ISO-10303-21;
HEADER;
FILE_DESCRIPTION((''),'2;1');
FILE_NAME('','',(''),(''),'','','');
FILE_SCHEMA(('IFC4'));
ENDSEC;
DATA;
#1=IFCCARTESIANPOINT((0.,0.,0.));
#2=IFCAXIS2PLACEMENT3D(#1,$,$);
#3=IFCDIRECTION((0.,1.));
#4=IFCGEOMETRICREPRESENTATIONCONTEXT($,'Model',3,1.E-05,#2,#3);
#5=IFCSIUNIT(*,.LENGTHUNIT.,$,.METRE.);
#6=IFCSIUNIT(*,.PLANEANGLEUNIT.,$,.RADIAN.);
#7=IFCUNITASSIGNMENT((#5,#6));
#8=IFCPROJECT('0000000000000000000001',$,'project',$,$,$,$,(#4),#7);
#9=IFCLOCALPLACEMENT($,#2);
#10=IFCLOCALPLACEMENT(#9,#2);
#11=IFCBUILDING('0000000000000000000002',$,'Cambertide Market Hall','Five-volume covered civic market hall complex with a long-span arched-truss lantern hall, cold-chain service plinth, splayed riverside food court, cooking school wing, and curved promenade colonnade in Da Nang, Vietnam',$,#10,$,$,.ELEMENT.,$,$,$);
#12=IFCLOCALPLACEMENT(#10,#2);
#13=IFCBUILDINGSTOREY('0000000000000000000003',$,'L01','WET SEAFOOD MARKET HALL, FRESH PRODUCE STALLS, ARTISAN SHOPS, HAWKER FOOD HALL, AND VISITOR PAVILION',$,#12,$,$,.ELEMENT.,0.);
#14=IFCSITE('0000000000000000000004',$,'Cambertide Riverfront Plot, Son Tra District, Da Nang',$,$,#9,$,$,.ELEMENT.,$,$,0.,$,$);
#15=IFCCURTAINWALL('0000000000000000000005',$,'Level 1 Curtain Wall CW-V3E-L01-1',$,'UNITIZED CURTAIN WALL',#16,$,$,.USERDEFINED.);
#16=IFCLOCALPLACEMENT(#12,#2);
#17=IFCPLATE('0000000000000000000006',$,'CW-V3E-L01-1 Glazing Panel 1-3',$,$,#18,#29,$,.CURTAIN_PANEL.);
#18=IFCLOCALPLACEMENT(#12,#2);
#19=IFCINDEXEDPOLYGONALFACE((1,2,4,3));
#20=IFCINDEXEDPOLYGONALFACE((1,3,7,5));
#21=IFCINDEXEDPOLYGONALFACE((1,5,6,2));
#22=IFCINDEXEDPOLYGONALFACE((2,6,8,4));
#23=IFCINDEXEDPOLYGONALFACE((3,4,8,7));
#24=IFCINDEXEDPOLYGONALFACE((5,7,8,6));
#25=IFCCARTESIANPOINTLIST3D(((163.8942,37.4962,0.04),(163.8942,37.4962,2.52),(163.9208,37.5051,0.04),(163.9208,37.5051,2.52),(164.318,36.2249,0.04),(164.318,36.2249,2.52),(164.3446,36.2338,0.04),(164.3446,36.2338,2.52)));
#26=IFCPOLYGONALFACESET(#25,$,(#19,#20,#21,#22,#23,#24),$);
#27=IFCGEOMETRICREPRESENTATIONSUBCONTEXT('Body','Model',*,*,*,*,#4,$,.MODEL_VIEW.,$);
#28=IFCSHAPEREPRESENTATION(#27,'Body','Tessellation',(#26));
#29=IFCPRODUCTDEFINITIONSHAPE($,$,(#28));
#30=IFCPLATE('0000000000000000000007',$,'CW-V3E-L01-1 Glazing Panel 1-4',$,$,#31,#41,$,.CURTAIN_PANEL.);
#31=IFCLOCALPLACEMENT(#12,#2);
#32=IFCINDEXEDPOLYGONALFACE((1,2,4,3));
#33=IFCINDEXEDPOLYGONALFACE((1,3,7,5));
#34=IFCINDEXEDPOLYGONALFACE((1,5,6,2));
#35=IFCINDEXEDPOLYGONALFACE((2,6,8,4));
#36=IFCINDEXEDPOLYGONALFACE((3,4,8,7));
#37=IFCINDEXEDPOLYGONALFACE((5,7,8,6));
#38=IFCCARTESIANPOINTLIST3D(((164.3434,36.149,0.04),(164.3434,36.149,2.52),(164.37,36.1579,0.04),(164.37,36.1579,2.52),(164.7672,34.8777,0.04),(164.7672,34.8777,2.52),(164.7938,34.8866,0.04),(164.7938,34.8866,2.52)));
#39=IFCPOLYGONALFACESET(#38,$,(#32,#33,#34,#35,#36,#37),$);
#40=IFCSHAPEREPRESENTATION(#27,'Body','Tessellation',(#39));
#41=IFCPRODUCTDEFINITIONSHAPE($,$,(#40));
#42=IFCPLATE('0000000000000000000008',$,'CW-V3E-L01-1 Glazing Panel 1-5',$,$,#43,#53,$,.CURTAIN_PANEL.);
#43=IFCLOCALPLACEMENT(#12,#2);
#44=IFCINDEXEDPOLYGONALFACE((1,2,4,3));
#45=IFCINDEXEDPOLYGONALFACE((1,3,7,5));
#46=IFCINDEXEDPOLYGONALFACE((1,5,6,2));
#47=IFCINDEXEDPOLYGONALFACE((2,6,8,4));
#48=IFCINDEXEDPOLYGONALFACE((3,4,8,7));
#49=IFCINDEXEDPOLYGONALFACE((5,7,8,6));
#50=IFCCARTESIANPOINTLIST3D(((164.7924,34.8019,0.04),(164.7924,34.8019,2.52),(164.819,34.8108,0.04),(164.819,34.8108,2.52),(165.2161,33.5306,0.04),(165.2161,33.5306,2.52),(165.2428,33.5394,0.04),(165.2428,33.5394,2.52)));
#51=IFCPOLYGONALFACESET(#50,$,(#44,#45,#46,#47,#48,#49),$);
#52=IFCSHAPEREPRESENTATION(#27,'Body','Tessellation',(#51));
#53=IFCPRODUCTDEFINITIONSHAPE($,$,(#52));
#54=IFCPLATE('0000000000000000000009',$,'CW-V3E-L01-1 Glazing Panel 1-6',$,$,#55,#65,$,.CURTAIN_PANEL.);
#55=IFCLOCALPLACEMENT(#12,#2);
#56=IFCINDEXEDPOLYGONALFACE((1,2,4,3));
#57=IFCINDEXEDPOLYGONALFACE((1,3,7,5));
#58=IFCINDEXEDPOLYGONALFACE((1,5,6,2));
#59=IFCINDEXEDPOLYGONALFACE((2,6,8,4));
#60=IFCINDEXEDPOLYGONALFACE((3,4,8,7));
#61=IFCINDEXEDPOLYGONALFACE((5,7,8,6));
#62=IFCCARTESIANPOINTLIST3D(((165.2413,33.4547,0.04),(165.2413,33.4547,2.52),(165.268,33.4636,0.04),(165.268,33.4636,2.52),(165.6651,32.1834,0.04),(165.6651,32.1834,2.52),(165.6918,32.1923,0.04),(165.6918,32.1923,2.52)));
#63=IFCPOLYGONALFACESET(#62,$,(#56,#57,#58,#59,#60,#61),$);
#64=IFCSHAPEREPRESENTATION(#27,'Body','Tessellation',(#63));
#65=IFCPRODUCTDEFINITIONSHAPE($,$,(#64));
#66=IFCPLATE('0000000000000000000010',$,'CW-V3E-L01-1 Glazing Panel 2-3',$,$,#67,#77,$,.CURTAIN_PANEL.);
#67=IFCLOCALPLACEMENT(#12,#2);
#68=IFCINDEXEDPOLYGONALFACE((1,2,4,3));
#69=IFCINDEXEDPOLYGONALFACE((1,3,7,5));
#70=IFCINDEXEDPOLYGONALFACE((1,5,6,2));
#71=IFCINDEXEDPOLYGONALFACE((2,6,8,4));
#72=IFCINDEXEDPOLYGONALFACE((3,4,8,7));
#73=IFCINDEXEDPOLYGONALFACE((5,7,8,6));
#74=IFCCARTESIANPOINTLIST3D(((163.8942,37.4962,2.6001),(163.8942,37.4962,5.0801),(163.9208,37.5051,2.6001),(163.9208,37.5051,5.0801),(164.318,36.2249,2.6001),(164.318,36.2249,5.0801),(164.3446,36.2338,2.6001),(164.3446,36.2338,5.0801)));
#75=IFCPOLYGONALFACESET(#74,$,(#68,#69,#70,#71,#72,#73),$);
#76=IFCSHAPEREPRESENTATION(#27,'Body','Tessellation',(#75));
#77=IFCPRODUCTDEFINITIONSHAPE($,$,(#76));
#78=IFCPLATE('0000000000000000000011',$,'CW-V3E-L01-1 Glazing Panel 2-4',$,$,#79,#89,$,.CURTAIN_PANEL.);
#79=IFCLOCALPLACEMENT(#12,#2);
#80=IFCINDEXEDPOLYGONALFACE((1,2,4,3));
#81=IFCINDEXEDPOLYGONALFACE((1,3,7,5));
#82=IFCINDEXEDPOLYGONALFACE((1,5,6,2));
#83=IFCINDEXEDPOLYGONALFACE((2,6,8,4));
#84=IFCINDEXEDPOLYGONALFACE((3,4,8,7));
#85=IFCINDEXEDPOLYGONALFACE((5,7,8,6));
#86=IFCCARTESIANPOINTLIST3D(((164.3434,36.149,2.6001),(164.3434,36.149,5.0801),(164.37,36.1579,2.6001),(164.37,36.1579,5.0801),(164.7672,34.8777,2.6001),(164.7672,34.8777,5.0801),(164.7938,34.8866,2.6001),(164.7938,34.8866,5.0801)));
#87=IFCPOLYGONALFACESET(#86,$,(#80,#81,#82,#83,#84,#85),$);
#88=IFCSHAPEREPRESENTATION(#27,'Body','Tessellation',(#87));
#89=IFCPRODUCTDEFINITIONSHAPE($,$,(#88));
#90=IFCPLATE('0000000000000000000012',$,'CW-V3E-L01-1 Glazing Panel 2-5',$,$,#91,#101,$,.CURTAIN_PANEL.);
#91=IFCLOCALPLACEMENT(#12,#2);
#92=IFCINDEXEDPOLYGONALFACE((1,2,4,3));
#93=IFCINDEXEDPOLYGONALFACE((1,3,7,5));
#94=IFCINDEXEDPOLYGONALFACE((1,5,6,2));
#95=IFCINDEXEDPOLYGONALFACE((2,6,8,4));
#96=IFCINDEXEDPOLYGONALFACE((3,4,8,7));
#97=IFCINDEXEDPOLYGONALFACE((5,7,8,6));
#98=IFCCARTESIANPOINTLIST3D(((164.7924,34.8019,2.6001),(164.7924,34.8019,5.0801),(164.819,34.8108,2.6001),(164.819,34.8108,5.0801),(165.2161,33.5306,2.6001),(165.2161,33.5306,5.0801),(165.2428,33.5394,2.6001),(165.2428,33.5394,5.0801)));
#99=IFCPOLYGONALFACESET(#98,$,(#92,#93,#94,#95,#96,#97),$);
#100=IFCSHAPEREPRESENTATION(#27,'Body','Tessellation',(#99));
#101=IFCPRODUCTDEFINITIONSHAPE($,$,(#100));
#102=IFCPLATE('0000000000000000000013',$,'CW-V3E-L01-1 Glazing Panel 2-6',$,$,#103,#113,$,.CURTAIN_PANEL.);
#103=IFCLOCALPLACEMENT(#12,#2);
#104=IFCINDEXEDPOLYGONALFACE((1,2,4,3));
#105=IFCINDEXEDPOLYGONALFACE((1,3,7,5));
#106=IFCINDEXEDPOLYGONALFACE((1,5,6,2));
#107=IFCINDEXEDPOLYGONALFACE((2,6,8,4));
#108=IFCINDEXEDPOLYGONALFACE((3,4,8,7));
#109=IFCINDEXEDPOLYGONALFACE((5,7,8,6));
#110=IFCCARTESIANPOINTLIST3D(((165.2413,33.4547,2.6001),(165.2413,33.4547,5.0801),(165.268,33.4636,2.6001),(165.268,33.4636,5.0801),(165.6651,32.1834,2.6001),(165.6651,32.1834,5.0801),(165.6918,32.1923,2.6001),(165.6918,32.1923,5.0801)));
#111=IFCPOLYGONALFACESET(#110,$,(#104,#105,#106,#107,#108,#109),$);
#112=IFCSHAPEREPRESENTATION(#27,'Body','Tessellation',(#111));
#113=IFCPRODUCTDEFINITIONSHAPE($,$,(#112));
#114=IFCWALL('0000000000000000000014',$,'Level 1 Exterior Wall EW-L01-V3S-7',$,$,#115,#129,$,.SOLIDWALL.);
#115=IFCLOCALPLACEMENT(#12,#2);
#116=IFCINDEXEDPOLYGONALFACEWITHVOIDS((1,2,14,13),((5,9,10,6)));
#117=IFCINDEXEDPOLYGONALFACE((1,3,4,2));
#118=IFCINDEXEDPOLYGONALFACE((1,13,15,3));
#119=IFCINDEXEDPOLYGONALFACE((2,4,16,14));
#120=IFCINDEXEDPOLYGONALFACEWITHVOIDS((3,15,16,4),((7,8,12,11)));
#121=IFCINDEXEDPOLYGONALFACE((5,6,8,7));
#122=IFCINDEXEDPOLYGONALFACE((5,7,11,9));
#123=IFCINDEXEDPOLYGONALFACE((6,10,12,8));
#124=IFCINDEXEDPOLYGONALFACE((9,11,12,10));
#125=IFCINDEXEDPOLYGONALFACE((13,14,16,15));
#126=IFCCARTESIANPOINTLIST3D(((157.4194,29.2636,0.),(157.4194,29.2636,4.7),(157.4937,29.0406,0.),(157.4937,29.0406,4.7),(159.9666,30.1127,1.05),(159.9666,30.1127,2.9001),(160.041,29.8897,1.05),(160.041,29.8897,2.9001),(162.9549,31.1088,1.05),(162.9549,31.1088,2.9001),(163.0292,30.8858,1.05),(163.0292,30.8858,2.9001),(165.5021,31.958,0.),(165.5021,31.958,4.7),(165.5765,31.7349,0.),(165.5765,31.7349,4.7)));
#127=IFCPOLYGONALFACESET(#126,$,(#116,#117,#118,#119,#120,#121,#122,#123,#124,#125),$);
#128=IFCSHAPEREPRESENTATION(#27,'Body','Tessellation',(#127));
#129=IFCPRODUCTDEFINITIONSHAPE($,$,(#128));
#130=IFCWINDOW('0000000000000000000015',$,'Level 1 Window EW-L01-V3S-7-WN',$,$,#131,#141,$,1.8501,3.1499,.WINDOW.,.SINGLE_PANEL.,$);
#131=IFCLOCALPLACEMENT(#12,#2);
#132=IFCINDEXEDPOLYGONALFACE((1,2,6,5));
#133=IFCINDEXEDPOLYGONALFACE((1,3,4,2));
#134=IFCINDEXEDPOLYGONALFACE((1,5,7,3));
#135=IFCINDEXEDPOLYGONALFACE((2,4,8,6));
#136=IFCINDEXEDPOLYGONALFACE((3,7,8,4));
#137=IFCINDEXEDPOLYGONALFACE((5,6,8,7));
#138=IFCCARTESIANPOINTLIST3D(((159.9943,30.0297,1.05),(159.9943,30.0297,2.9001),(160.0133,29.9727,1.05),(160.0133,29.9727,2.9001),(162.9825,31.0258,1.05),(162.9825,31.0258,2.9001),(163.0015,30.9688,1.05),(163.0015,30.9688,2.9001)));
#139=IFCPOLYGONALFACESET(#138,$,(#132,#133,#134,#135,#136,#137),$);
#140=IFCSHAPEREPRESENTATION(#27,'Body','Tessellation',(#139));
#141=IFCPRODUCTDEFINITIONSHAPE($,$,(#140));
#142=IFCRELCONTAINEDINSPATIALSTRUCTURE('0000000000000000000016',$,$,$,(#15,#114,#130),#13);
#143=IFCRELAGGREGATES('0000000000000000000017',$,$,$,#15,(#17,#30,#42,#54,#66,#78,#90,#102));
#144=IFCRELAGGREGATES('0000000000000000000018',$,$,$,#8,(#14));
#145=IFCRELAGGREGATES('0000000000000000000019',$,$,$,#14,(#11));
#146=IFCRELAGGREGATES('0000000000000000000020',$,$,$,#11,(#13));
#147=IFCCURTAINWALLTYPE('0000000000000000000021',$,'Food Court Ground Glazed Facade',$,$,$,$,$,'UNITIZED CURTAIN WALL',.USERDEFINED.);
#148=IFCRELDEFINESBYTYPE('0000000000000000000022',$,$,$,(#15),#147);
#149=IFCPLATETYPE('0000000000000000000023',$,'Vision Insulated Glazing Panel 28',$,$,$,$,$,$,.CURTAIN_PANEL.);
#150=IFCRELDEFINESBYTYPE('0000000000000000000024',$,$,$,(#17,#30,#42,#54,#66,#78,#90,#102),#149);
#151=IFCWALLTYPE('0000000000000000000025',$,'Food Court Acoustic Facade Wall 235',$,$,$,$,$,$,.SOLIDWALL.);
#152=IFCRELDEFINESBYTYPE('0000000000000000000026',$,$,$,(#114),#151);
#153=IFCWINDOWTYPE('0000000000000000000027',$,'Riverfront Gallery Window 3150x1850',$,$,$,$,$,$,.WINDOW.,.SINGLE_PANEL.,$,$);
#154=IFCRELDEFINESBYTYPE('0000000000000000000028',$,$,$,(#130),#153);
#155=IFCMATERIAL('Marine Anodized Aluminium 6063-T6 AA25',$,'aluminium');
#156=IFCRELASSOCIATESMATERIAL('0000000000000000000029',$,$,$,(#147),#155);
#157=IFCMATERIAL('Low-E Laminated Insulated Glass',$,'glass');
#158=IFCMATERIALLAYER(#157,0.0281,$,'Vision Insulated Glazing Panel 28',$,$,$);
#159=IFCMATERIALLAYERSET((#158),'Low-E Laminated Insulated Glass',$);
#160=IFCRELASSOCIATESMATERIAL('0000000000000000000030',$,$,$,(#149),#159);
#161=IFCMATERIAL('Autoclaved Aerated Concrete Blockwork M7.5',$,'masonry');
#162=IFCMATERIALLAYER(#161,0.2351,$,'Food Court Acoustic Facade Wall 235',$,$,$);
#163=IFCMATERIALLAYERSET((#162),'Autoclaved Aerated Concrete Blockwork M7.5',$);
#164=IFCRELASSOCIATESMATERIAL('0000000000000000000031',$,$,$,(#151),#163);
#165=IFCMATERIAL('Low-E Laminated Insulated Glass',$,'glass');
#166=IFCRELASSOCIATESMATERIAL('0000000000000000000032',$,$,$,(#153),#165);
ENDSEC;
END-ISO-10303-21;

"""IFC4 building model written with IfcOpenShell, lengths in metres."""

from ifc_helpers import new_model, si_unit, direction, frame, frame_2d, origin, origin_2d, place, context, subcontext, project, spatial, rectangle, extrude, material, layer, layer_set, type_object, element, fill, aggregate, save


model = new_model("IFC4")

# Units and contexts
model_context = context("Model", 3, precision=1e-05, world=origin(), true_north=direction((0.0, 1.0)))
body_context = subcontext(model_context, "Body", "Model", "MODEL_VIEW")
ifc_project = project(units=[si_unit("LENGTHUNIT", "METRE"), si_unit("PLANEANGLEUNIT", "RADIAN")], contexts=[model_context])

# Site, building, storey
site_placement = place(None, origin())
site = spatial("IfcSite", under=ifc_project, at=site_placement, Name="Cambertide Riverfront Plot, Son Tra District, Da Nang", CompositionType="ELEMENT", RefElevation=0.0)
building_placement = place(site_placement, origin())
building = spatial("IfcBuilding", under=site, at=building_placement, Name="Cambertide Market Hall", Description="Five-volume covered civic market hall complex with a long-span arched-truss lantern hall, cold-chain service plinth, splayed riverside food court, cooking school wing, and curved promenade colonnade in Da Nang, Vietnam", CompositionType="ELEMENT")
storey_placement = place(building_placement, origin())
storey = spatial("IfcBuildingStorey", under=building, at=storey_placement, Name="L01", Description="WET SEAFOOD MARKET HALL, FRESH PRODUCE STALLS, ARTISAN SHOPS, HAWKER FOOD HALL, AND VISITOR PAVILION", CompositionType="ELEMENT", Elevation=0.0)

# Curtain wall
ifc_material_1 = material(Name="Marine Anodized Aluminium 6063-T6 AA25", Category="aluminium")
curtain_wall_type = type_object("IfcCurtainWallType", Name="Food Court Ground Glazed Facade", ElementType="UNITIZED CURTAIN WALL", PredefinedType="USERDEFINED", material=ifc_material_1)
curtain_wall_placement = place(storey_placement, origin())
curtain_wall = element("IfcCurtainWall", 1, at=curtain_wall_placement, inside=storey, type_object=curtain_wall_type, Name="Level 1 Curtain Wall CW-V3E-L01-1", ObjectType="UNITIZED CURTAIN WALL", PredefinedType="USERDEFINED")

# Plates
ifc_material_2 = material(Name="Low-E Laminated Insulated Glass", Category="glass")
ifc_layer_1 = layer(ifc_material_2, 0.0281, Name="Vision Insulated Glazing Panel 28")
ifc_layer_set_1 = layer_set([ifc_layer_1], Name="Low-E Laminated Insulated Glass")
plate_type = type_object("IfcPlateType", Name="Vision Insulated Glazing Panel 28", PredefinedType="CURTAIN_PANEL", material=ifc_layer_set_1)
plate_1_placement = place(storey_placement, frame((164.1194, 36.865, 0.04), z_axis=(0.0, 0.0, 1.0), x_axis=(0.316228, -0.948683, 0.0)))
plate_1 = element("IfcPlate", 2, at=plate_1_placement, type_object=plate_type, Name="CW-V3E-L01-1 Glazing Panel 1-3", PredefinedType="CURTAIN_PANEL", context=body_context, shape_type="SweptSolid", body=[
    extrude(rectangle(XDim=1.3401, YDim=0.0281, at=origin_2d()), origin(), (0.0, 0.0, 1.0), 2.48),
])
plate_2_placement = place(storey_placement, frame((164.5686, 35.5178, 0.04), z_axis=(0.0, 0.0, 1.0), x_axis=(0.316228, -0.948683, 0.0)))
plate_2 = element("IfcPlate", 3, at=plate_2_placement, type_object=plate_type, Name="CW-V3E-L01-1 Glazing Panel 1-4", PredefinedType="CURTAIN_PANEL", context=body_context, shape_type="SweptSolid", body=[
    extrude(rectangle(XDim=1.3401, YDim=0.0281, at=origin_2d()), origin(), (0.0, 0.0, 1.0), 2.48),
])
plate_3_placement = place(storey_placement, frame((165.0176, 34.1707, 0.04), z_axis=(0.0, 0.0, 1.0), x_axis=(0.316228, -0.948683, 0.0)))
plate_3 = element("IfcPlate", 4, at=plate_3_placement, type_object=plate_type, Name="CW-V3E-L01-1 Glazing Panel 1-5", PredefinedType="CURTAIN_PANEL", context=body_context, shape_type="SweptSolid", body=[
    extrude(rectangle(XDim=1.3401, YDim=0.0281, at=origin_2d()), origin(), (0.0, 0.0, 1.0), 2.48),
])
plate_4_placement = place(storey_placement, frame((165.4666, 32.8235, 0.04), z_axis=(0.0, 0.0, 1.0), x_axis=(0.316228, -0.948683, 0.0)))
plate_4 = element("IfcPlate", 5, at=plate_4_placement, type_object=plate_type, Name="CW-V3E-L01-1 Glazing Panel 1-6", PredefinedType="CURTAIN_PANEL", context=body_context, shape_type="SweptSolid", body=[
    extrude(rectangle(XDim=1.3401, YDim=0.0281, at=origin_2d()), origin(), (0.0, 0.0, 1.0), 2.48),
])
plate_5_placement = place(storey_placement, frame((164.1194, 36.865, 2.6001), z_axis=(0.0, 0.0, 1.0), x_axis=(0.316228, -0.948683, 0.0)))
plate_5 = element("IfcPlate", 6, at=plate_5_placement, type_object=plate_type, Name="CW-V3E-L01-1 Glazing Panel 2-3", PredefinedType="CURTAIN_PANEL", context=body_context, shape_type="SweptSolid", body=[
    extrude(rectangle(XDim=1.3401, YDim=0.0281, at=origin_2d()), origin(), (0.0, 0.0, 1.0), 2.48),
])
plate_6_placement = place(storey_placement, frame((164.5686, 35.5178, 2.6001), z_axis=(0.0, 0.0, 1.0), x_axis=(0.316228, -0.948683, 0.0)))
plate_6 = element("IfcPlate", 7, at=plate_6_placement, type_object=plate_type, Name="CW-V3E-L01-1 Glazing Panel 2-4", PredefinedType="CURTAIN_PANEL", context=body_context, shape_type="SweptSolid", body=[
    extrude(rectangle(XDim=1.3401, YDim=0.0281, at=origin_2d()), origin(), (0.0, 0.0, 1.0), 2.48),
])
plate_7_placement = place(storey_placement, frame((165.0176, 34.1707, 2.6001), z_axis=(0.0, 0.0, 1.0), x_axis=(0.316228, -0.948683, 0.0)))
plate_7 = element("IfcPlate", 8, at=plate_7_placement, type_object=plate_type, Name="CW-V3E-L01-1 Glazing Panel 2-5", PredefinedType="CURTAIN_PANEL", context=body_context, shape_type="SweptSolid", body=[
    extrude(rectangle(XDim=1.3401, YDim=0.0281, at=origin_2d()), origin(), (0.0, 0.0, 1.0), 2.48),
])
plate_8_placement = place(storey_placement, frame((165.4666, 32.8235, 2.6001), z_axis=(0.0, 0.0, 1.0), x_axis=(0.316228, -0.948683, 0.0)))
plate_8 = element("IfcPlate", 9, at=plate_8_placement, type_object=plate_type, Name="CW-V3E-L01-1 Glazing Panel 2-6", PredefinedType="CURTAIN_PANEL", context=body_context, shape_type="SweptSolid", body=[
    extrude(rectangle(XDim=1.3401, YDim=0.0281, at=origin_2d()), origin(), (0.0, 0.0, 1.0), 2.48),
])
aggregate(curtain_wall, [plate_1, plate_2, plate_3, plate_4, plate_5, plate_6, plate_7, plate_8])

# Wall, opening, window
ifc_material_3 = material(Name="Autoclaved Aerated Concrete Blockwork M7.5", Category="masonry")
ifc_layer_2 = layer(ifc_material_3, 0.2351, Name="Food Court Acoustic Facade Wall 235")
ifc_layer_set_2 = layer_set([ifc_layer_2], Name="Autoclaved Aerated Concrete Blockwork M7.5")
wall_type = type_object("IfcWallType", Name="Food Court Acoustic Facade Wall 235", PredefinedType="SOLIDWALL", material=ifc_layer_set_2)
wall_placement = place(storey_placement, frame((165.5393, 31.8464, 0.0), z_axis=(0.0, 0.0, 1.0), x_axis=(-0.94868, -0.316236, 0.0)))
wall = element("IfcWall", 10, at=wall_placement, inside=storey, type_object=wall_type, Name="Level 1 Exterior Wall EW-L01-V3S-7", PredefinedType="SOLIDWALL", context=body_context, shape_type="SweptSolid", body=[
    extrude(rectangle(XDim=8.52, YDim=0.2351, at=frame_2d((4.26, 0.0))), origin(), (0.0, 0.0, 1.0), 4.7),
])
opening_placement = place(wall_placement, frame((2.6851, 0.0, 1.05)))
opening = element("IfcOpeningElement", 11, at=opening_placement, cuts=wall, PredefinedType="OPENING", context=body_context, shape_type="SweptSolid", body=[
    extrude(rectangle(XDim=3.1499, YDim=1.8501, at=frame_2d((1.575, 0.925))), frame((0.0, 0.1274, 0.0), z_axis=(0.0, -1.0, 0.0), x_axis=(1.0, 0.0, 0.0)), (0.0, 0.0, 1.0), 0.2551),
])
ifc_material_4 = material(Name="Low-E Laminated Insulated Glass", Category="glass")
window_type = type_object("IfcWindowType", Name="Riverfront Gallery Window 3150x1850", PartitioningType="SINGLE_PANEL", PredefinedType="WINDOW", material=ifc_material_4)
window_placement = place(opening_placement, origin())
window = element("IfcWindow", 12, at=window_placement, inside=storey, type_object=window_type, Name="Level 1 Window EW-L01-V3S-7-WN", OverallHeight=1.8501, OverallWidth=3.1499, PartitioningType="SINGLE_PANEL", PredefinedType="WINDOW", context=body_context, shape_type="SweptSolid", body=[
    extrude(rectangle(XDim=3.1499, YDim=1.8501, at=frame_2d((1.575, 0.925))), frame((0.0, 0.03, 0.0), z_axis=(0.0, -1.0, 0.0), x_axis=(1.0, 0.0, 0.0)), (0.0, 0.0, 1.0), 0.0601),
])
fill(opening, window)

save(model, "model.ifc")
